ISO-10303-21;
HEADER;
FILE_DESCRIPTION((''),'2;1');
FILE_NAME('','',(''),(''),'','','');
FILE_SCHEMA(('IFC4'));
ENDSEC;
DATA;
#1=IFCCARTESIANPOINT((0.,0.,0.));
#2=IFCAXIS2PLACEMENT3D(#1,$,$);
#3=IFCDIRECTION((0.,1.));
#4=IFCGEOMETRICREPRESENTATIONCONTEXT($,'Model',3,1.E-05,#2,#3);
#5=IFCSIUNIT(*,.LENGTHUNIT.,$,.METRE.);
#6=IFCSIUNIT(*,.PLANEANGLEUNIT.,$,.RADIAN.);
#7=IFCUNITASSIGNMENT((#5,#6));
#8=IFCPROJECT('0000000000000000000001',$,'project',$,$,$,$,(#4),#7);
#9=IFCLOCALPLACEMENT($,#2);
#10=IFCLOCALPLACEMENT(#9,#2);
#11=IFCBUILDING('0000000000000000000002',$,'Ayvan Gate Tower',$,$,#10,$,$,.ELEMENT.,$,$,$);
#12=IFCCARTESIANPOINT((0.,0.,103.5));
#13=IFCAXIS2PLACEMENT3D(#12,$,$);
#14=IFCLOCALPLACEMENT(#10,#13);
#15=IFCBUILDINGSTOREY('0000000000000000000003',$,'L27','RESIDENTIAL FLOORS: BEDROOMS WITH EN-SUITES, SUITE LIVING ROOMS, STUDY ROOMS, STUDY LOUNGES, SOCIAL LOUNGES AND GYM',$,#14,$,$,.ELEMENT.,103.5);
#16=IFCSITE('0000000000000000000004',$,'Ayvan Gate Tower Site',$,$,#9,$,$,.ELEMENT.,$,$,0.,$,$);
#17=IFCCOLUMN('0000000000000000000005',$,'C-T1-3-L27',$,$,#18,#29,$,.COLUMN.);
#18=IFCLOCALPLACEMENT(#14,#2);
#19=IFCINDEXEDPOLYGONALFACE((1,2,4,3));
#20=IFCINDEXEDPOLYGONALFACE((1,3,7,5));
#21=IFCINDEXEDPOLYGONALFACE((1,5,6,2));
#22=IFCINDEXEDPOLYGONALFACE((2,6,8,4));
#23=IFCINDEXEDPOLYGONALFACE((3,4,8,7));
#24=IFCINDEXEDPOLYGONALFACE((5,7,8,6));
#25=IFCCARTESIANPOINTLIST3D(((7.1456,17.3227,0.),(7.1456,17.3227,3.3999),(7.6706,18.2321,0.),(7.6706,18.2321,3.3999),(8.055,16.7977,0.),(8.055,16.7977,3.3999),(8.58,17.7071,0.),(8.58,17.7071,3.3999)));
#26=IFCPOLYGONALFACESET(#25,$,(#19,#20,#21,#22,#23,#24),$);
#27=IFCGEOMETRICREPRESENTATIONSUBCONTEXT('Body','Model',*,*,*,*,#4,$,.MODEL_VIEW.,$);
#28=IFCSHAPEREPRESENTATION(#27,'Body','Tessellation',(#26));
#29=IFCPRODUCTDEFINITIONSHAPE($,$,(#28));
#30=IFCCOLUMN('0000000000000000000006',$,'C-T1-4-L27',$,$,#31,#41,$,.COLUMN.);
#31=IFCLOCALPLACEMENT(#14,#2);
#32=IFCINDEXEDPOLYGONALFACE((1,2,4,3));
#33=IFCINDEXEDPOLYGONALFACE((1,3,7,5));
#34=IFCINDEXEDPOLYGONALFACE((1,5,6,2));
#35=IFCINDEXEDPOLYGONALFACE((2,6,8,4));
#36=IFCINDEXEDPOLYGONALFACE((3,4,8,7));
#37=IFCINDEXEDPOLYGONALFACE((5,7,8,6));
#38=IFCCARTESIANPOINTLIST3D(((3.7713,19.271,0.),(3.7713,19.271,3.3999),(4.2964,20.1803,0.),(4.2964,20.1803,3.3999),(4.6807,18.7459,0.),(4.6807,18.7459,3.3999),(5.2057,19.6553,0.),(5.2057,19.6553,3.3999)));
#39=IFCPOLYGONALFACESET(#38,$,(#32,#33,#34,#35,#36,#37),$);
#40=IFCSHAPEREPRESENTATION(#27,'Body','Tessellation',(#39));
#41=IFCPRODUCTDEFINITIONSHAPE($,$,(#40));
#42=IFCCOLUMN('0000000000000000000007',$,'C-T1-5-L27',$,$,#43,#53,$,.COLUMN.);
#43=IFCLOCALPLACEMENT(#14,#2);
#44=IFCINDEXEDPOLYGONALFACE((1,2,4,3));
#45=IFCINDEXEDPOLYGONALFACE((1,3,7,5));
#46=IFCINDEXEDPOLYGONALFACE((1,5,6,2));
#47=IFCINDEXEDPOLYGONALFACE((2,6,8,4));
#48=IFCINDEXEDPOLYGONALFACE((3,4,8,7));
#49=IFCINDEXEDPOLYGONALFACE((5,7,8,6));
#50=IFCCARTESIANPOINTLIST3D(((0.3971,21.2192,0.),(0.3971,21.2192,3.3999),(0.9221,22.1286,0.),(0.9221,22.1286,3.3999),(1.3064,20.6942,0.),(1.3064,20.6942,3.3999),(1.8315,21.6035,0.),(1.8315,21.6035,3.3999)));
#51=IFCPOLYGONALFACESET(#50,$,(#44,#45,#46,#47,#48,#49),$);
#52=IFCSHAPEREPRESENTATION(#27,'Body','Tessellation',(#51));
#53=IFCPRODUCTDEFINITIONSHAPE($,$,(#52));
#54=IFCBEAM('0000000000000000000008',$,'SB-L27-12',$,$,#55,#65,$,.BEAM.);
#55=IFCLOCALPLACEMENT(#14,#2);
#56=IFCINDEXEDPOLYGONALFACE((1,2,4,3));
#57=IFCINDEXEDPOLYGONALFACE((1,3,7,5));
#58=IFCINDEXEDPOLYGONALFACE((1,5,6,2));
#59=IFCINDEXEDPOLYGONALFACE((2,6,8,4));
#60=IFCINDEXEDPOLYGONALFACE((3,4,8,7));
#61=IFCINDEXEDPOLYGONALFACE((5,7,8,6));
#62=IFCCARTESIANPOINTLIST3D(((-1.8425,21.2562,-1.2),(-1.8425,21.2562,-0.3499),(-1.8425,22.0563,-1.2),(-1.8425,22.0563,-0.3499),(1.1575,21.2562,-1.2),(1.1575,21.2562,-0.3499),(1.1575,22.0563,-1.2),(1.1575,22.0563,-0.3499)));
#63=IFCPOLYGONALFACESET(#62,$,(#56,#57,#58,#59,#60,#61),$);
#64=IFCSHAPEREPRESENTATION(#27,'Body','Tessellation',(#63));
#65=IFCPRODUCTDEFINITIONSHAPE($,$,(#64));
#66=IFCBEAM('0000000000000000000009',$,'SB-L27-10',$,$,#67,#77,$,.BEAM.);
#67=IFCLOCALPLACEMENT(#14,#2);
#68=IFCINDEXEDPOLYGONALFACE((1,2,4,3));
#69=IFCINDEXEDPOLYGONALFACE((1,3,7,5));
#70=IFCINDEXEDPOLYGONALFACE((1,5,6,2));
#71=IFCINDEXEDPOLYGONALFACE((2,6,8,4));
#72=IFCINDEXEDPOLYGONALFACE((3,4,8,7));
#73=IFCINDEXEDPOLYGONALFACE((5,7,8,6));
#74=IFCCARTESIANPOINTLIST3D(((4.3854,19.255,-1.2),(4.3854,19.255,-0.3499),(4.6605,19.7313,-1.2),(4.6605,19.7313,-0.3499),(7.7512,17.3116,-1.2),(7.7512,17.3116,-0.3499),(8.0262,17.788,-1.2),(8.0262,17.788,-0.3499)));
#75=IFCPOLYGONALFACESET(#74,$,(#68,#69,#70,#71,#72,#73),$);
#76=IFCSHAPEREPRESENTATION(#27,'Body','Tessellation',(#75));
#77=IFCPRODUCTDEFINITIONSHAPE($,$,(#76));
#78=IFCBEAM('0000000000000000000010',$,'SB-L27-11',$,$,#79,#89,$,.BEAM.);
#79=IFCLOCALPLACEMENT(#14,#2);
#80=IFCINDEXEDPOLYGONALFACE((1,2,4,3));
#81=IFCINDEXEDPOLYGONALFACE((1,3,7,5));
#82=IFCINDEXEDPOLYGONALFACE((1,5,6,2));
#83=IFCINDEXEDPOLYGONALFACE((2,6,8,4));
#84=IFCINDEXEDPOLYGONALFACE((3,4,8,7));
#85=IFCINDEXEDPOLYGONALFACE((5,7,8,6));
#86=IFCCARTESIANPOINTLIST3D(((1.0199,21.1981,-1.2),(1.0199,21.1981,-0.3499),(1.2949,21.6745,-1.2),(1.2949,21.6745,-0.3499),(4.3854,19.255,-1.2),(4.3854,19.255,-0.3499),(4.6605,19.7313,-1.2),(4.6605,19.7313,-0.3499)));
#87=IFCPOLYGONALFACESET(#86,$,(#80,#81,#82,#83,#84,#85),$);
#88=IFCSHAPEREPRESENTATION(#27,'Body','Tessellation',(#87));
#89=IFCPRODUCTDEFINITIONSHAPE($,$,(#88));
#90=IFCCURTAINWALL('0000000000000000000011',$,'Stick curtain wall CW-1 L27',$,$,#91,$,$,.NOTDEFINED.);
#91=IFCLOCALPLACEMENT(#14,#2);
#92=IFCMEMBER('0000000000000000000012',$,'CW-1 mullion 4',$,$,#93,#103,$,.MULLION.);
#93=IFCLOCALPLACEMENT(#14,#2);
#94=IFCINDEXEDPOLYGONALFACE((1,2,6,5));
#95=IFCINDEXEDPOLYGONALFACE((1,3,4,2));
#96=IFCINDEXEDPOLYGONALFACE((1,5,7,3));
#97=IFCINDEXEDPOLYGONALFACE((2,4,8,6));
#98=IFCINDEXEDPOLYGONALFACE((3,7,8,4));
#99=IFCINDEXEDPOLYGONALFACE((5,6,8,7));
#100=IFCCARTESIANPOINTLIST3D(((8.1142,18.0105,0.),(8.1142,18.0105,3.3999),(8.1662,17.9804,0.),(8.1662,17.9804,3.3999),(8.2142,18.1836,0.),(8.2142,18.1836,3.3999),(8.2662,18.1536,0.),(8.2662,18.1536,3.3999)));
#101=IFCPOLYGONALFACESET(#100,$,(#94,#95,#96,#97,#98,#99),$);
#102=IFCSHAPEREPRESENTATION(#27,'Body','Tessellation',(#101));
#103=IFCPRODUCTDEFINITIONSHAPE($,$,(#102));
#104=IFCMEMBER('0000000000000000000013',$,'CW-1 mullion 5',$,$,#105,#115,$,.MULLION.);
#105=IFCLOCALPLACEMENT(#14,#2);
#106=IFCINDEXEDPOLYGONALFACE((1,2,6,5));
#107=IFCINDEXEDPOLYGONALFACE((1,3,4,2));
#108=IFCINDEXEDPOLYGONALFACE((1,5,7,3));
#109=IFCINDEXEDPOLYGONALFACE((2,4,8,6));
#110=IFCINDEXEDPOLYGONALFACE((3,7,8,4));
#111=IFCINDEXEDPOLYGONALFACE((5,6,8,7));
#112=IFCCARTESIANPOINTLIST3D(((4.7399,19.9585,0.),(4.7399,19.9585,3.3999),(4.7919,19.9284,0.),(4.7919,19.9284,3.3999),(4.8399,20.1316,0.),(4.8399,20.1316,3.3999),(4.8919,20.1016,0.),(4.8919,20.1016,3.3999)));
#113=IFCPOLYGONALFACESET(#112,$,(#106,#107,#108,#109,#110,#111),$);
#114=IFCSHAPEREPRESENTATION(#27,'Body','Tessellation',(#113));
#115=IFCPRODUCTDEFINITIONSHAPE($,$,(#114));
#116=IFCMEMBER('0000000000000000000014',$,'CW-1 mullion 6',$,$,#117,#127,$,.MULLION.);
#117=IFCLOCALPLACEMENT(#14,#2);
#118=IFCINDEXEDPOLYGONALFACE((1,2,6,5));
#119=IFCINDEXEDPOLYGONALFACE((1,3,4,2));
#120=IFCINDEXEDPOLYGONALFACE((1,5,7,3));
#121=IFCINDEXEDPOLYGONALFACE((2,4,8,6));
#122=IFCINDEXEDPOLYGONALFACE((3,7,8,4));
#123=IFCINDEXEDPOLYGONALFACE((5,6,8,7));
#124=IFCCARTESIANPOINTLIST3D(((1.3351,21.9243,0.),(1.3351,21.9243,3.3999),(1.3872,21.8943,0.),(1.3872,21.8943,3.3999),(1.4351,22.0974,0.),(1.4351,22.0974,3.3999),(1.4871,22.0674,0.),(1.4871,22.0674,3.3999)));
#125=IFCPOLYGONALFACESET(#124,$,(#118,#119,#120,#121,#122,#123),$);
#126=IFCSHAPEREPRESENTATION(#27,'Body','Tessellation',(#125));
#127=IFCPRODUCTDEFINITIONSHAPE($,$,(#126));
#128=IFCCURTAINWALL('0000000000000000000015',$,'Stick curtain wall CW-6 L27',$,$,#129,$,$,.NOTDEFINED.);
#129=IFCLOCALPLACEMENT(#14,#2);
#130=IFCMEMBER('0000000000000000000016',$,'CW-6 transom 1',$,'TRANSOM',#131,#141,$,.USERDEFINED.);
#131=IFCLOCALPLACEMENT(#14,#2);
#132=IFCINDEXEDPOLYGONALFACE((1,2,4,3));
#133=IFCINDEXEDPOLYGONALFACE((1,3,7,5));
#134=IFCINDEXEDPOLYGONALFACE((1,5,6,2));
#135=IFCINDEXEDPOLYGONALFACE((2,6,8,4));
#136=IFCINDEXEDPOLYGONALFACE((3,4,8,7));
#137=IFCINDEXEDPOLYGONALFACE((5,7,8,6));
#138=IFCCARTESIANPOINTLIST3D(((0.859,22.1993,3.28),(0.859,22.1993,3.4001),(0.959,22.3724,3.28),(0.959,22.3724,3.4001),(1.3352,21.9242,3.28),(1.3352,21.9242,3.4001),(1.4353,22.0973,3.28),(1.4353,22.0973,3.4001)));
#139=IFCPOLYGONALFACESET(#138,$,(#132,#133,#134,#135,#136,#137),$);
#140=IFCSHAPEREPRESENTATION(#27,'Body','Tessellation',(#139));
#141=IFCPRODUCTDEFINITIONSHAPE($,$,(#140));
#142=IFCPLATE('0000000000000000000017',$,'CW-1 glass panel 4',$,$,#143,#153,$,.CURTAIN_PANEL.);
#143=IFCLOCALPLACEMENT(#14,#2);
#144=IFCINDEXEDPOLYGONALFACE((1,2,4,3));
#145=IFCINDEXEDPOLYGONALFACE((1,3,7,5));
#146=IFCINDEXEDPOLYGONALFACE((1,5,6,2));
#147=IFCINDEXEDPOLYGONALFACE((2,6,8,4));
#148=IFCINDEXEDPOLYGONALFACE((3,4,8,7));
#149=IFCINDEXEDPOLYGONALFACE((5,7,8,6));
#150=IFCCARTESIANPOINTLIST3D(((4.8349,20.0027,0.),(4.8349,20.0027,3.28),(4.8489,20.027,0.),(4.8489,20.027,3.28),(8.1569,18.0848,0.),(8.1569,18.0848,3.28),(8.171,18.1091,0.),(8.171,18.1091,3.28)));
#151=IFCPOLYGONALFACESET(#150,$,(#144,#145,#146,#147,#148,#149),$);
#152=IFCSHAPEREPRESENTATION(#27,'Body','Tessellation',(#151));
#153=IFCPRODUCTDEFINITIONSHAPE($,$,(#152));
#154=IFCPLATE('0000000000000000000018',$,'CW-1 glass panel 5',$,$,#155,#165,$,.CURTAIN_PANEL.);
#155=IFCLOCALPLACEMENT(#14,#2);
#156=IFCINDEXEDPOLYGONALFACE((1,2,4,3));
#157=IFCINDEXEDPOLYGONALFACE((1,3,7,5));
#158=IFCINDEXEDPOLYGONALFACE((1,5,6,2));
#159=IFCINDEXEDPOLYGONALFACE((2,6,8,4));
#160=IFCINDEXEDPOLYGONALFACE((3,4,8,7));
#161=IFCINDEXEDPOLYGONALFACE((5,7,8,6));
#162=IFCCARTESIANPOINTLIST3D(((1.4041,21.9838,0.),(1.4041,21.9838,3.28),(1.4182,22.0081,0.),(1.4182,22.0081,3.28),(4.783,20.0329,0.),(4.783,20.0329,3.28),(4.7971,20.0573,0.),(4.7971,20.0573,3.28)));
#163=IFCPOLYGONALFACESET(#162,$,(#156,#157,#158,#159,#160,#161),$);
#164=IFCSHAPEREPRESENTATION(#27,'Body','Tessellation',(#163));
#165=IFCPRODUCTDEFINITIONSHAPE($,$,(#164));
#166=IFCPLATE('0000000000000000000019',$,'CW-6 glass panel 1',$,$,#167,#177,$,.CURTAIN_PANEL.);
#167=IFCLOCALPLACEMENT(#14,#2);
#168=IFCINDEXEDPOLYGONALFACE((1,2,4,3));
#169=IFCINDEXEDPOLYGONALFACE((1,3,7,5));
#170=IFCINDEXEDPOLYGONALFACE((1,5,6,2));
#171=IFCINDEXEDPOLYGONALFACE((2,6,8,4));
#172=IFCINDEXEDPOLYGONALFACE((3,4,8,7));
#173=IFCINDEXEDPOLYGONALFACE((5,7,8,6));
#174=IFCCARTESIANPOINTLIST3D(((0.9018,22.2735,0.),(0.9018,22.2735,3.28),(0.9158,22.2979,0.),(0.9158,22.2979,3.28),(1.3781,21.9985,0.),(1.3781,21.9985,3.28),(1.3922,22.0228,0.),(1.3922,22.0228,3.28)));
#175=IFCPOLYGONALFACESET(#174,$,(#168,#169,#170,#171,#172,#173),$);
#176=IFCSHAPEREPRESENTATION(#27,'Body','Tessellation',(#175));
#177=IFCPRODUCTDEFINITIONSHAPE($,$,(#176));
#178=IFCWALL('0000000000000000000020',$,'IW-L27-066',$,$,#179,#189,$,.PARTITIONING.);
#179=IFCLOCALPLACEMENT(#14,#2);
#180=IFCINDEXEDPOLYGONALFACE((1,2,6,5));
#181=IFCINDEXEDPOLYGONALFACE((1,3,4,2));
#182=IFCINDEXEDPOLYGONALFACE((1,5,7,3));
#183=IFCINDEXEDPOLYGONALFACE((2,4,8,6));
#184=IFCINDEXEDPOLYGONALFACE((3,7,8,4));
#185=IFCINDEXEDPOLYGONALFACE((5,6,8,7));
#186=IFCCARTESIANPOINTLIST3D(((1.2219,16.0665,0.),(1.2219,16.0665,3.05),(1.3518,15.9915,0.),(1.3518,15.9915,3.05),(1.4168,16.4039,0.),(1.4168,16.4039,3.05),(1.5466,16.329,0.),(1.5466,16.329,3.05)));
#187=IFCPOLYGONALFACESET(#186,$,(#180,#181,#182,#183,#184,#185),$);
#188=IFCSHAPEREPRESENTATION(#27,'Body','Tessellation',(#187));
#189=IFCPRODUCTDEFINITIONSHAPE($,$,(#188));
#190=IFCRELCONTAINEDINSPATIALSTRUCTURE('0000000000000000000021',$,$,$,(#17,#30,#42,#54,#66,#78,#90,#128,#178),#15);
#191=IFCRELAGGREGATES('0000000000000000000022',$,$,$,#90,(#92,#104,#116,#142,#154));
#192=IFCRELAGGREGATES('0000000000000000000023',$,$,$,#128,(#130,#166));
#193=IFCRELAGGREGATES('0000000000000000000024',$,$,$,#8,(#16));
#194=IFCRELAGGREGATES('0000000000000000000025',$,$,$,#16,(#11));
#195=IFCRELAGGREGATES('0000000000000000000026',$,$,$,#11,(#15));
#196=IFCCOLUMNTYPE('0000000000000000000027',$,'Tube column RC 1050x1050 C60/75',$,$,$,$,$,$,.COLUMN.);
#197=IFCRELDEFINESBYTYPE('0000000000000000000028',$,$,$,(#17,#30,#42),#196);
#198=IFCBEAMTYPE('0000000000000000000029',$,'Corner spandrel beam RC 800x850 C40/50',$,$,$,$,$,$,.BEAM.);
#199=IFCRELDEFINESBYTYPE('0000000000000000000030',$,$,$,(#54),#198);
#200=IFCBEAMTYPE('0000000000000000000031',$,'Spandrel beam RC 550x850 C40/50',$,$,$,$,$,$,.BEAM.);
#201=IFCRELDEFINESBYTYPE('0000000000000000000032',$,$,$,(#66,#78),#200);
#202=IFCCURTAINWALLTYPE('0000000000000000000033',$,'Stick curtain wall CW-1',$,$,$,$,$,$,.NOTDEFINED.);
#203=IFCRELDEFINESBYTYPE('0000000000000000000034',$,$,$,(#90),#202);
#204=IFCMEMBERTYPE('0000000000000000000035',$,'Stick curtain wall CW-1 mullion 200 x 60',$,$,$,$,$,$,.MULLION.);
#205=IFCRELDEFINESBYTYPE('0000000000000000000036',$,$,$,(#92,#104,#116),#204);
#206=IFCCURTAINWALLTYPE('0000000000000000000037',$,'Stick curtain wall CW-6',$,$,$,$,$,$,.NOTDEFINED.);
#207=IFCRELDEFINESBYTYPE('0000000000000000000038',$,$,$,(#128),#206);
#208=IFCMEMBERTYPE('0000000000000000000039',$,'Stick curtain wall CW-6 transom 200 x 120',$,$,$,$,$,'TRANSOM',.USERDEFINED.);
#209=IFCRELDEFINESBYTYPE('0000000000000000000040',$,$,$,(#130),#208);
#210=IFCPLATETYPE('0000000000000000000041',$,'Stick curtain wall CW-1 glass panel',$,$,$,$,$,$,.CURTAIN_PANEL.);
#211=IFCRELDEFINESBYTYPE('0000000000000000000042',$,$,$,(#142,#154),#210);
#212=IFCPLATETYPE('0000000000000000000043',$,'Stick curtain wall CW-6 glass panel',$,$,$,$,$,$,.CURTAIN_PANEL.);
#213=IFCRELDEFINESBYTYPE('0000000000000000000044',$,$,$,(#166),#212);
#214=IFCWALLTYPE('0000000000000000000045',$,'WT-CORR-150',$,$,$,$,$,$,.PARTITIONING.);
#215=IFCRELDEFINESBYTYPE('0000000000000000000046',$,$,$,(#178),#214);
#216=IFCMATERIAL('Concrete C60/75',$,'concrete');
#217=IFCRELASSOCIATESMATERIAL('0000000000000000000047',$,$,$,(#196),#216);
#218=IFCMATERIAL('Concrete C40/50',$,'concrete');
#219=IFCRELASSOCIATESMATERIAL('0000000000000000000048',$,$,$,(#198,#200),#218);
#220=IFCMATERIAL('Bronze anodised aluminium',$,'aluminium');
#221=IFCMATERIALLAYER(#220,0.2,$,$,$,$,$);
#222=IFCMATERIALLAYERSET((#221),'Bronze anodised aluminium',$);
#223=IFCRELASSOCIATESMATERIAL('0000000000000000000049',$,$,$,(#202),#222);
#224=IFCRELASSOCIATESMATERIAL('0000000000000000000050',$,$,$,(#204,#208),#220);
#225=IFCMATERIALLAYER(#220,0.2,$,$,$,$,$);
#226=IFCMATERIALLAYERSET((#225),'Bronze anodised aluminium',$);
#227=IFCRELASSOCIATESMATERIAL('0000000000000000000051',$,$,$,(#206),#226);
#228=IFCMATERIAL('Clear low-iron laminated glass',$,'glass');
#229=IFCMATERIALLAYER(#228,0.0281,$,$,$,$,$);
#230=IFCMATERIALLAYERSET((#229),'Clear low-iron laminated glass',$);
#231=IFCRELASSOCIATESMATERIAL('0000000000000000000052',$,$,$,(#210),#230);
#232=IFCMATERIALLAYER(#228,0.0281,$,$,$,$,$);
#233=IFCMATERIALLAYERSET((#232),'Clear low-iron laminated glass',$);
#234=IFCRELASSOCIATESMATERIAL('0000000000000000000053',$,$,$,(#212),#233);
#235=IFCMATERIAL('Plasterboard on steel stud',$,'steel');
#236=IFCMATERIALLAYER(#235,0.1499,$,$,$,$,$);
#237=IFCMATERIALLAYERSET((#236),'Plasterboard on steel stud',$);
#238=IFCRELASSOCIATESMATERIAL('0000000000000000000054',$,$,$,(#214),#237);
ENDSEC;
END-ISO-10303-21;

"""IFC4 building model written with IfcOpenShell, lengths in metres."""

from ifc_helpers import new_model, si_unit, direction, frame, frame_2d, origin, origin_2d, place, context, subcontext, project, spatial, rectangle, extrude, material, layer, layer_set, material_profile, profile_set, type_object, element, aggregate, save


model = new_model("IFC4")

# Units and contexts
model_context = context("Model", 3, precision=1e-05, world=origin(), true_north=direction((0.0, 1.0)))
body_context = subcontext(model_context, "Body", "Model", "MODEL_VIEW")
ifc_project = project(units=[si_unit("LENGTHUNIT", "METRE"), si_unit("PLANEANGLEUNIT", "RADIAN")], contexts=[model_context])

# Site, building, storey
site_placement = place(None, origin())
site = spatial("IfcSite", under=ifc_project, at=site_placement, Name="Ayvan Gate Tower Site", CompositionType="ELEMENT", RefElevation=0.0)
building_placement = place(site_placement, origin())
building = spatial("IfcBuilding", under=site, at=building_placement, Name="Ayvan Gate Tower", CompositionType="ELEMENT")
storey_placement = place(building_placement, frame((0.0, 0.0, 103.5)))
storey = spatial("IfcBuildingStorey", under=building, at=storey_placement, Name="L27", Description="RESIDENTIAL FLOORS: BEDROOMS WITH EN-SUITES, SUITE LIVING ROOMS, STUDY ROOMS, STUDY LOUNGES, SOCIAL LOUNGES AND GYM", CompositionType="ELEMENT", Elevation=103.5)

# Columns
ifc_material_1 = material(Name="Concrete C60/75", Category="concrete")
ifc_material_profile_1 = material_profile(ifc_material_1, rectangle(XDim=1.05, YDim=1.05, at=origin_2d()), Name="RC 1050x1050")
ifc_profile_set_1 = profile_set([ifc_material_profile_1], Name="Concrete C60/75")
column_type = type_object("IfcColumnType", Name="Tube column RC 1050x1050 C60/75", PredefinedType="COLUMN", material=ifc_profile_set_1)
for number, where, z_axis, x_axis, name in (
    (1, (7.8628, 17.5149, 0.0), (0.0, 0.0, 1.0), (0.5, 0.866025, 0.0), "C-T1-3-L27"),
    (2, (4.4885, 19.4631, 0.0), (0.0, 0.0, 1.0), (0.5, 0.866025, 0.0), "C-T1-4-L27"),
    (3, (1.1143, 21.4114, 0.0), (0.0, 0.0, 1.0), (0.5, 0.866025, 0.0), "C-T1-5-L27"),
):
    element("IfcColumn", number, at=place(storey_placement, frame(where, z_axis=z_axis, x_axis=x_axis)), inside=storey, type_object=column_type, Name=name, PredefinedType="COLUMN", context=body_context, shape_type="SweptSolid", body=[
        extrude(rectangle(XDim=1.05, YDim=1.05, at=origin_2d()), origin(), (0.0, 0.0, 1.0), 3.3999),
    ])

# Beams
ifc_material_2 = material(Name="Concrete C40/50", Category="concrete")
ifc_material_profile_2 = material_profile(ifc_material_2, rectangle(XDim=0.8, YDim=0.8501, at=origin_2d()), Name="RC 800x850")
ifc_profile_set_2 = profile_set([ifc_material_profile_2], Name="Concrete C40/50")
beam_type_1 = type_object("IfcBeamType", Name="Corner spandrel beam RC 800x850 C40/50", PredefinedType="BEAM", material=ifc_profile_set_2)
beam_1_placement = place(storey_placement, frame((1.1575, 21.6562, -0.7749), z_axis=(-1.0, 0.0, 0.0), x_axis=(0.0, -1.0, 0.0)))
element("IfcBeam", 4, at=beam_1_placement, inside=storey, type_object=beam_type_1, Name="SB-L27-12", PredefinedType="BEAM", context=body_context, shape_type="SweptSolid", body=[
    extrude(rectangle(XDim=0.8, YDim=0.8501, at=origin_2d()), origin(), (0.0, 0.0, 1.0), 3.0),
])
ifc_material_profile_3 = material_profile(ifc_material_2, rectangle(XDim=0.55, YDim=0.8501, at=origin_2d()), Name="RC 550x850")
ifc_profile_set_3 = profile_set([ifc_material_profile_3], Name="Concrete C40/50")
beam_type_2 = type_object("IfcBeamType", Name="Spandrel beam RC 550x850 C40/50", PredefinedType="BEAM", material=ifc_profile_set_3)
beam_2_placement = place(storey_placement, frame((7.8887, 17.5498, -0.7749), z_axis=(-0.866008, 0.500031, 0.0), x_axis=(-0.500031, -0.866008, 0.0)))
element("IfcBeam", 5, at=beam_2_placement, inside=storey, type_object=beam_type_2, Name="SB-L27-10", PredefinedType="BEAM", context=body_context, shape_type="SweptSolid", body=[
    extrude(rectangle(XDim=0.55, YDim=0.8501, at=origin_2d()), origin(), (0.0, 0.0, 1.0), 3.8865),
])
beam_3_placement = place(storey_placement, frame((4.5229, 19.4932, -0.7749), z_axis=(-0.866019, 0.500011, 0.0), x_axis=(-0.500011, -0.866019, 0.0)))
element("IfcBeam", 6, at=beam_3_placement, inside=storey, type_object=beam_type_2, Name="SB-L27-11", PredefinedType="BEAM", context=body_context, shape_type="SweptSolid", body=[
    extrude(rectangle(XDim=0.55, YDim=0.8501, at=origin_2d()), origin(), (0.0, 0.0, 1.0), 3.8862),
])

# Curtain wall, members
ifc_material_3 = material(Name="Bronze anodised aluminium", Category="aluminium")
ifc_layer_1 = layer(ifc_material_3, 0.2)
ifc_layer_set_1 = layer_set([ifc_layer_1], Name="Bronze anodised aluminium")
curtain_wall_type_1 = type_object("IfcCurtainWallType", Name="Stick curtain wall CW-1", PredefinedType="NOTDEFINED", material=ifc_layer_set_1)
curtain_wall_1_placement = place(storey_placement, origin())
curtain_wall_1 = element("IfcCurtainWall", 7, at=curtain_wall_1_placement, inside=storey, type_object=curtain_wall_type_1, Name="Stick curtain wall CW-1 L27", PredefinedType="NOTDEFINED")
ifc_material_profile_4 = material_profile(ifc_material_3, rectangle(XDim=0.2, YDim=0.0601, at=origin_2d()), Name="Stick curtain wall CW-1 mullion 200 x 60")
ifc_profile_set_4 = profile_set([ifc_material_profile_4], Name="Bronze anodised aluminium")
member_type_1 = type_object("IfcMemberType", Name="Stick curtain wall CW-1 mullion 200 x 60", PredefinedType="MULLION", material=ifc_profile_set_4)
member_1_placement = place(storey_placement, frame((8.1902, 18.082, 0.0), z_axis=(0.0, 0.0, 1.0), x_axis=(0.5, 0.866025, 0.0)))
member_1 = element("IfcMember", 8, at=member_1_placement, type_object=member_type_1, Name="CW-1 mullion 4", PredefinedType="MULLION", context=body_context, shape_type="SweptSolid", body=[
    extrude(rectangle(XDim=0.2, YDim=0.0601, at=origin_2d()), origin(), (0.0, 0.0, 1.0), 3.3999),
])
member_2_placement = place(storey_placement, frame((4.8159, 20.03, 0.0), z_axis=(0.0, 0.0, 1.0), x_axis=(0.5, 0.866025, 0.0)))
member_2 = element("IfcMember", 9, at=member_2_placement, type_object=member_type_1, Name="CW-1 mullion 5", PredefinedType="MULLION", context=body_context, shape_type="SweptSolid", body=[
    extrude(rectangle(XDim=0.2, YDim=0.0601, at=origin_2d()), origin(), (0.0, 0.0, 1.0), 3.3999),
])
member_3_placement = place(storey_placement, frame((1.4111, 21.9958, 0.0), z_axis=(0.0, 0.0, 1.0), x_axis=(0.5, 0.866025, 0.0)))
member_3 = element("IfcMember", 10, at=member_3_placement, type_object=member_type_1, Name="CW-1 mullion 6", PredefinedType="MULLION", context=body_context, shape_type="SweptSolid", body=[
    extrude(rectangle(XDim=0.2, YDim=0.0601, at=origin_2d()), origin(), (0.0, 0.0, 1.0), 3.3999),
])

# Curtain wall, member
ifc_layer_2 = layer(ifc_material_3, 0.2)
ifc_layer_set_2 = layer_set([ifc_layer_2], Name="Bronze anodised aluminium")
curtain_wall_type_2 = type_object("IfcCurtainWallType", Name="Stick curtain wall CW-6", PredefinedType="NOTDEFINED", material=ifc_layer_set_2)
curtain_wall_2_placement = place(storey_placement, origin())
curtain_wall_2 = element("IfcCurtainWall", 11, at=curtain_wall_2_placement, inside=storey, type_object=curtain_wall_type_2, Name="Stick curtain wall CW-6 L27", PredefinedType="NOTDEFINED")
ifc_material_profile_5 = material_profile(ifc_material_3, rectangle(XDim=0.2, YDim=0.1201, at=origin_2d()), Name="Stick curtain wall CW-6 transom 200 x 120")
ifc_profile_set_5 = profile_set([ifc_material_profile_5], Name="Bronze anodised aluminium")
member_type_2 = type_object("IfcMemberType", Name="Stick curtain wall CW-6 transom 200 x 120", ElementType="TRANSOM", PredefinedType="USERDEFINED", material=ifc_profile_set_5)
member_4_placement = place(storey_placement, frame((1.3853, 22.0107, 3.3401), z_axis=(-0.865912, 0.500196, 0.0), x_axis=(-0.500196, -0.865912, 0.0)))
member_4 = element("IfcMember", 12, at=member_4_placement, type_object=member_type_2, Name="CW-6 transom 1", ObjectType="TRANSOM", PredefinedType="USERDEFINED", context=body_context, shape_type="SweptSolid", body=[
    extrude(rectangle(XDim=0.2, YDim=0.1201, at=origin_2d()), origin(), (0.0, 0.0, 1.0), 0.55),
])

# Plates
ifc_material_4 = material(Name="Clear low-iron laminated glass", Category="glass")
ifc_layer_3 = layer(ifc_material_4, 0.0281)
ifc_layer_set_3 = layer_set([ifc_layer_3], Name="Clear low-iron laminated glass")
plate_type_1 = type_object("IfcPlateType", Name="Stick curtain wall CW-1 glass panel", PredefinedType="CURTAIN_PANEL", material=ifc_layer_set_3)
plate_1_placement = place(storey_placement, frame((6.5029, 19.0559, 0.0), z_axis=(0.0, 0.0, 1.0), x_axis=(-0.866025, 0.5, 0.0)))
plate_1 = element("IfcPlate", 13, at=plate_1_placement, type_object=plate_type_1, Name="CW-1 glass panel 4", PredefinedType="CURTAIN_PANEL", context=body_context, shape_type="SweptSolid", body=[
    extrude(rectangle(XDim=3.8359, YDim=0.0281, at=origin_2d()), origin(), (0.0, 0.0, 1.0), 3.28),
])
plate_2_placement = place(storey_placement, frame((3.1006, 21.0205, 0.0), z_axis=(0.0, 0.0, 1.0), x_axis=(-0.866025, 0.5, 0.0)))
plate_2 = element("IfcPlate", 14, at=plate_2_placement, type_object=plate_type_1, Name="CW-1 glass panel 5", PredefinedType="CURTAIN_PANEL", context=body_context, shape_type="SweptSolid", body=[
    extrude(rectangle(XDim=3.9016, YDim=0.0281, at=origin_2d()), origin(), (0.0, 0.0, 1.0), 3.28),
])
aggregate(curtain_wall_1, [member_1, member_2, member_3, plate_1, plate_2])
ifc_layer_4 = layer(ifc_material_4, 0.0281)
ifc_layer_set_4 = layer_set([ifc_layer_4], Name="Clear low-iron laminated glass")
plate_type_2 = type_object("IfcPlateType", Name="Stick curtain wall CW-6 glass panel", PredefinedType="CURTAIN_PANEL", material=ifc_layer_set_4)
plate_3_placement = place(storey_placement, frame((1.147, 22.1482, 0.0), z_axis=(0.0, 0.0, 1.0), x_axis=(-0.866025, 0.5, 0.0)))
plate_3 = element("IfcPlate", 15, at=plate_3_placement, type_object=plate_type_2, Name="CW-6 glass panel 1", PredefinedType="CURTAIN_PANEL", context=body_context, shape_type="SweptSolid", body=[
    extrude(rectangle(XDim=0.55, YDim=0.0281, at=origin_2d()), origin(), (0.0, 0.0, 1.0), 3.28),
])
aggregate(curtain_wall_2, [member_4, plate_3])

# Wall
ifc_material_5 = material(Name="Plasterboard on steel stud", Category="steel")
ifc_layer_5 = layer(ifc_material_5, 0.1499)
ifc_layer_set_5 = layer_set([ifc_layer_5], Name="Plasterboard on steel stud")
wall_type_1 = type_object("IfcWallType", Name="WT-CORR-150", PredefinedType="PARTITIONING", material=ifc_layer_set_5)
wall_1_placement = place(storey_placement, frame((1.4817, 16.3665, 0.0), z_axis=(0.0, 0.0, 1.0), x_axis=(-0.500048, -0.865998, 0.0)))
element("IfcWall", 16, at=wall_1_placement, inside=storey, type_object=wall_type_1, Name="IW-L27-066", PredefinedType="PARTITIONING", context=body_context, shape_type="SweptSolid", body=[
    extrude(rectangle(XDim=0.3896, YDim=0.1499, at=frame_2d((0.1948, 0.0))), origin(), (0.0, 0.0, 1.0), 3.05),
])

save(model, "model.ifc")
